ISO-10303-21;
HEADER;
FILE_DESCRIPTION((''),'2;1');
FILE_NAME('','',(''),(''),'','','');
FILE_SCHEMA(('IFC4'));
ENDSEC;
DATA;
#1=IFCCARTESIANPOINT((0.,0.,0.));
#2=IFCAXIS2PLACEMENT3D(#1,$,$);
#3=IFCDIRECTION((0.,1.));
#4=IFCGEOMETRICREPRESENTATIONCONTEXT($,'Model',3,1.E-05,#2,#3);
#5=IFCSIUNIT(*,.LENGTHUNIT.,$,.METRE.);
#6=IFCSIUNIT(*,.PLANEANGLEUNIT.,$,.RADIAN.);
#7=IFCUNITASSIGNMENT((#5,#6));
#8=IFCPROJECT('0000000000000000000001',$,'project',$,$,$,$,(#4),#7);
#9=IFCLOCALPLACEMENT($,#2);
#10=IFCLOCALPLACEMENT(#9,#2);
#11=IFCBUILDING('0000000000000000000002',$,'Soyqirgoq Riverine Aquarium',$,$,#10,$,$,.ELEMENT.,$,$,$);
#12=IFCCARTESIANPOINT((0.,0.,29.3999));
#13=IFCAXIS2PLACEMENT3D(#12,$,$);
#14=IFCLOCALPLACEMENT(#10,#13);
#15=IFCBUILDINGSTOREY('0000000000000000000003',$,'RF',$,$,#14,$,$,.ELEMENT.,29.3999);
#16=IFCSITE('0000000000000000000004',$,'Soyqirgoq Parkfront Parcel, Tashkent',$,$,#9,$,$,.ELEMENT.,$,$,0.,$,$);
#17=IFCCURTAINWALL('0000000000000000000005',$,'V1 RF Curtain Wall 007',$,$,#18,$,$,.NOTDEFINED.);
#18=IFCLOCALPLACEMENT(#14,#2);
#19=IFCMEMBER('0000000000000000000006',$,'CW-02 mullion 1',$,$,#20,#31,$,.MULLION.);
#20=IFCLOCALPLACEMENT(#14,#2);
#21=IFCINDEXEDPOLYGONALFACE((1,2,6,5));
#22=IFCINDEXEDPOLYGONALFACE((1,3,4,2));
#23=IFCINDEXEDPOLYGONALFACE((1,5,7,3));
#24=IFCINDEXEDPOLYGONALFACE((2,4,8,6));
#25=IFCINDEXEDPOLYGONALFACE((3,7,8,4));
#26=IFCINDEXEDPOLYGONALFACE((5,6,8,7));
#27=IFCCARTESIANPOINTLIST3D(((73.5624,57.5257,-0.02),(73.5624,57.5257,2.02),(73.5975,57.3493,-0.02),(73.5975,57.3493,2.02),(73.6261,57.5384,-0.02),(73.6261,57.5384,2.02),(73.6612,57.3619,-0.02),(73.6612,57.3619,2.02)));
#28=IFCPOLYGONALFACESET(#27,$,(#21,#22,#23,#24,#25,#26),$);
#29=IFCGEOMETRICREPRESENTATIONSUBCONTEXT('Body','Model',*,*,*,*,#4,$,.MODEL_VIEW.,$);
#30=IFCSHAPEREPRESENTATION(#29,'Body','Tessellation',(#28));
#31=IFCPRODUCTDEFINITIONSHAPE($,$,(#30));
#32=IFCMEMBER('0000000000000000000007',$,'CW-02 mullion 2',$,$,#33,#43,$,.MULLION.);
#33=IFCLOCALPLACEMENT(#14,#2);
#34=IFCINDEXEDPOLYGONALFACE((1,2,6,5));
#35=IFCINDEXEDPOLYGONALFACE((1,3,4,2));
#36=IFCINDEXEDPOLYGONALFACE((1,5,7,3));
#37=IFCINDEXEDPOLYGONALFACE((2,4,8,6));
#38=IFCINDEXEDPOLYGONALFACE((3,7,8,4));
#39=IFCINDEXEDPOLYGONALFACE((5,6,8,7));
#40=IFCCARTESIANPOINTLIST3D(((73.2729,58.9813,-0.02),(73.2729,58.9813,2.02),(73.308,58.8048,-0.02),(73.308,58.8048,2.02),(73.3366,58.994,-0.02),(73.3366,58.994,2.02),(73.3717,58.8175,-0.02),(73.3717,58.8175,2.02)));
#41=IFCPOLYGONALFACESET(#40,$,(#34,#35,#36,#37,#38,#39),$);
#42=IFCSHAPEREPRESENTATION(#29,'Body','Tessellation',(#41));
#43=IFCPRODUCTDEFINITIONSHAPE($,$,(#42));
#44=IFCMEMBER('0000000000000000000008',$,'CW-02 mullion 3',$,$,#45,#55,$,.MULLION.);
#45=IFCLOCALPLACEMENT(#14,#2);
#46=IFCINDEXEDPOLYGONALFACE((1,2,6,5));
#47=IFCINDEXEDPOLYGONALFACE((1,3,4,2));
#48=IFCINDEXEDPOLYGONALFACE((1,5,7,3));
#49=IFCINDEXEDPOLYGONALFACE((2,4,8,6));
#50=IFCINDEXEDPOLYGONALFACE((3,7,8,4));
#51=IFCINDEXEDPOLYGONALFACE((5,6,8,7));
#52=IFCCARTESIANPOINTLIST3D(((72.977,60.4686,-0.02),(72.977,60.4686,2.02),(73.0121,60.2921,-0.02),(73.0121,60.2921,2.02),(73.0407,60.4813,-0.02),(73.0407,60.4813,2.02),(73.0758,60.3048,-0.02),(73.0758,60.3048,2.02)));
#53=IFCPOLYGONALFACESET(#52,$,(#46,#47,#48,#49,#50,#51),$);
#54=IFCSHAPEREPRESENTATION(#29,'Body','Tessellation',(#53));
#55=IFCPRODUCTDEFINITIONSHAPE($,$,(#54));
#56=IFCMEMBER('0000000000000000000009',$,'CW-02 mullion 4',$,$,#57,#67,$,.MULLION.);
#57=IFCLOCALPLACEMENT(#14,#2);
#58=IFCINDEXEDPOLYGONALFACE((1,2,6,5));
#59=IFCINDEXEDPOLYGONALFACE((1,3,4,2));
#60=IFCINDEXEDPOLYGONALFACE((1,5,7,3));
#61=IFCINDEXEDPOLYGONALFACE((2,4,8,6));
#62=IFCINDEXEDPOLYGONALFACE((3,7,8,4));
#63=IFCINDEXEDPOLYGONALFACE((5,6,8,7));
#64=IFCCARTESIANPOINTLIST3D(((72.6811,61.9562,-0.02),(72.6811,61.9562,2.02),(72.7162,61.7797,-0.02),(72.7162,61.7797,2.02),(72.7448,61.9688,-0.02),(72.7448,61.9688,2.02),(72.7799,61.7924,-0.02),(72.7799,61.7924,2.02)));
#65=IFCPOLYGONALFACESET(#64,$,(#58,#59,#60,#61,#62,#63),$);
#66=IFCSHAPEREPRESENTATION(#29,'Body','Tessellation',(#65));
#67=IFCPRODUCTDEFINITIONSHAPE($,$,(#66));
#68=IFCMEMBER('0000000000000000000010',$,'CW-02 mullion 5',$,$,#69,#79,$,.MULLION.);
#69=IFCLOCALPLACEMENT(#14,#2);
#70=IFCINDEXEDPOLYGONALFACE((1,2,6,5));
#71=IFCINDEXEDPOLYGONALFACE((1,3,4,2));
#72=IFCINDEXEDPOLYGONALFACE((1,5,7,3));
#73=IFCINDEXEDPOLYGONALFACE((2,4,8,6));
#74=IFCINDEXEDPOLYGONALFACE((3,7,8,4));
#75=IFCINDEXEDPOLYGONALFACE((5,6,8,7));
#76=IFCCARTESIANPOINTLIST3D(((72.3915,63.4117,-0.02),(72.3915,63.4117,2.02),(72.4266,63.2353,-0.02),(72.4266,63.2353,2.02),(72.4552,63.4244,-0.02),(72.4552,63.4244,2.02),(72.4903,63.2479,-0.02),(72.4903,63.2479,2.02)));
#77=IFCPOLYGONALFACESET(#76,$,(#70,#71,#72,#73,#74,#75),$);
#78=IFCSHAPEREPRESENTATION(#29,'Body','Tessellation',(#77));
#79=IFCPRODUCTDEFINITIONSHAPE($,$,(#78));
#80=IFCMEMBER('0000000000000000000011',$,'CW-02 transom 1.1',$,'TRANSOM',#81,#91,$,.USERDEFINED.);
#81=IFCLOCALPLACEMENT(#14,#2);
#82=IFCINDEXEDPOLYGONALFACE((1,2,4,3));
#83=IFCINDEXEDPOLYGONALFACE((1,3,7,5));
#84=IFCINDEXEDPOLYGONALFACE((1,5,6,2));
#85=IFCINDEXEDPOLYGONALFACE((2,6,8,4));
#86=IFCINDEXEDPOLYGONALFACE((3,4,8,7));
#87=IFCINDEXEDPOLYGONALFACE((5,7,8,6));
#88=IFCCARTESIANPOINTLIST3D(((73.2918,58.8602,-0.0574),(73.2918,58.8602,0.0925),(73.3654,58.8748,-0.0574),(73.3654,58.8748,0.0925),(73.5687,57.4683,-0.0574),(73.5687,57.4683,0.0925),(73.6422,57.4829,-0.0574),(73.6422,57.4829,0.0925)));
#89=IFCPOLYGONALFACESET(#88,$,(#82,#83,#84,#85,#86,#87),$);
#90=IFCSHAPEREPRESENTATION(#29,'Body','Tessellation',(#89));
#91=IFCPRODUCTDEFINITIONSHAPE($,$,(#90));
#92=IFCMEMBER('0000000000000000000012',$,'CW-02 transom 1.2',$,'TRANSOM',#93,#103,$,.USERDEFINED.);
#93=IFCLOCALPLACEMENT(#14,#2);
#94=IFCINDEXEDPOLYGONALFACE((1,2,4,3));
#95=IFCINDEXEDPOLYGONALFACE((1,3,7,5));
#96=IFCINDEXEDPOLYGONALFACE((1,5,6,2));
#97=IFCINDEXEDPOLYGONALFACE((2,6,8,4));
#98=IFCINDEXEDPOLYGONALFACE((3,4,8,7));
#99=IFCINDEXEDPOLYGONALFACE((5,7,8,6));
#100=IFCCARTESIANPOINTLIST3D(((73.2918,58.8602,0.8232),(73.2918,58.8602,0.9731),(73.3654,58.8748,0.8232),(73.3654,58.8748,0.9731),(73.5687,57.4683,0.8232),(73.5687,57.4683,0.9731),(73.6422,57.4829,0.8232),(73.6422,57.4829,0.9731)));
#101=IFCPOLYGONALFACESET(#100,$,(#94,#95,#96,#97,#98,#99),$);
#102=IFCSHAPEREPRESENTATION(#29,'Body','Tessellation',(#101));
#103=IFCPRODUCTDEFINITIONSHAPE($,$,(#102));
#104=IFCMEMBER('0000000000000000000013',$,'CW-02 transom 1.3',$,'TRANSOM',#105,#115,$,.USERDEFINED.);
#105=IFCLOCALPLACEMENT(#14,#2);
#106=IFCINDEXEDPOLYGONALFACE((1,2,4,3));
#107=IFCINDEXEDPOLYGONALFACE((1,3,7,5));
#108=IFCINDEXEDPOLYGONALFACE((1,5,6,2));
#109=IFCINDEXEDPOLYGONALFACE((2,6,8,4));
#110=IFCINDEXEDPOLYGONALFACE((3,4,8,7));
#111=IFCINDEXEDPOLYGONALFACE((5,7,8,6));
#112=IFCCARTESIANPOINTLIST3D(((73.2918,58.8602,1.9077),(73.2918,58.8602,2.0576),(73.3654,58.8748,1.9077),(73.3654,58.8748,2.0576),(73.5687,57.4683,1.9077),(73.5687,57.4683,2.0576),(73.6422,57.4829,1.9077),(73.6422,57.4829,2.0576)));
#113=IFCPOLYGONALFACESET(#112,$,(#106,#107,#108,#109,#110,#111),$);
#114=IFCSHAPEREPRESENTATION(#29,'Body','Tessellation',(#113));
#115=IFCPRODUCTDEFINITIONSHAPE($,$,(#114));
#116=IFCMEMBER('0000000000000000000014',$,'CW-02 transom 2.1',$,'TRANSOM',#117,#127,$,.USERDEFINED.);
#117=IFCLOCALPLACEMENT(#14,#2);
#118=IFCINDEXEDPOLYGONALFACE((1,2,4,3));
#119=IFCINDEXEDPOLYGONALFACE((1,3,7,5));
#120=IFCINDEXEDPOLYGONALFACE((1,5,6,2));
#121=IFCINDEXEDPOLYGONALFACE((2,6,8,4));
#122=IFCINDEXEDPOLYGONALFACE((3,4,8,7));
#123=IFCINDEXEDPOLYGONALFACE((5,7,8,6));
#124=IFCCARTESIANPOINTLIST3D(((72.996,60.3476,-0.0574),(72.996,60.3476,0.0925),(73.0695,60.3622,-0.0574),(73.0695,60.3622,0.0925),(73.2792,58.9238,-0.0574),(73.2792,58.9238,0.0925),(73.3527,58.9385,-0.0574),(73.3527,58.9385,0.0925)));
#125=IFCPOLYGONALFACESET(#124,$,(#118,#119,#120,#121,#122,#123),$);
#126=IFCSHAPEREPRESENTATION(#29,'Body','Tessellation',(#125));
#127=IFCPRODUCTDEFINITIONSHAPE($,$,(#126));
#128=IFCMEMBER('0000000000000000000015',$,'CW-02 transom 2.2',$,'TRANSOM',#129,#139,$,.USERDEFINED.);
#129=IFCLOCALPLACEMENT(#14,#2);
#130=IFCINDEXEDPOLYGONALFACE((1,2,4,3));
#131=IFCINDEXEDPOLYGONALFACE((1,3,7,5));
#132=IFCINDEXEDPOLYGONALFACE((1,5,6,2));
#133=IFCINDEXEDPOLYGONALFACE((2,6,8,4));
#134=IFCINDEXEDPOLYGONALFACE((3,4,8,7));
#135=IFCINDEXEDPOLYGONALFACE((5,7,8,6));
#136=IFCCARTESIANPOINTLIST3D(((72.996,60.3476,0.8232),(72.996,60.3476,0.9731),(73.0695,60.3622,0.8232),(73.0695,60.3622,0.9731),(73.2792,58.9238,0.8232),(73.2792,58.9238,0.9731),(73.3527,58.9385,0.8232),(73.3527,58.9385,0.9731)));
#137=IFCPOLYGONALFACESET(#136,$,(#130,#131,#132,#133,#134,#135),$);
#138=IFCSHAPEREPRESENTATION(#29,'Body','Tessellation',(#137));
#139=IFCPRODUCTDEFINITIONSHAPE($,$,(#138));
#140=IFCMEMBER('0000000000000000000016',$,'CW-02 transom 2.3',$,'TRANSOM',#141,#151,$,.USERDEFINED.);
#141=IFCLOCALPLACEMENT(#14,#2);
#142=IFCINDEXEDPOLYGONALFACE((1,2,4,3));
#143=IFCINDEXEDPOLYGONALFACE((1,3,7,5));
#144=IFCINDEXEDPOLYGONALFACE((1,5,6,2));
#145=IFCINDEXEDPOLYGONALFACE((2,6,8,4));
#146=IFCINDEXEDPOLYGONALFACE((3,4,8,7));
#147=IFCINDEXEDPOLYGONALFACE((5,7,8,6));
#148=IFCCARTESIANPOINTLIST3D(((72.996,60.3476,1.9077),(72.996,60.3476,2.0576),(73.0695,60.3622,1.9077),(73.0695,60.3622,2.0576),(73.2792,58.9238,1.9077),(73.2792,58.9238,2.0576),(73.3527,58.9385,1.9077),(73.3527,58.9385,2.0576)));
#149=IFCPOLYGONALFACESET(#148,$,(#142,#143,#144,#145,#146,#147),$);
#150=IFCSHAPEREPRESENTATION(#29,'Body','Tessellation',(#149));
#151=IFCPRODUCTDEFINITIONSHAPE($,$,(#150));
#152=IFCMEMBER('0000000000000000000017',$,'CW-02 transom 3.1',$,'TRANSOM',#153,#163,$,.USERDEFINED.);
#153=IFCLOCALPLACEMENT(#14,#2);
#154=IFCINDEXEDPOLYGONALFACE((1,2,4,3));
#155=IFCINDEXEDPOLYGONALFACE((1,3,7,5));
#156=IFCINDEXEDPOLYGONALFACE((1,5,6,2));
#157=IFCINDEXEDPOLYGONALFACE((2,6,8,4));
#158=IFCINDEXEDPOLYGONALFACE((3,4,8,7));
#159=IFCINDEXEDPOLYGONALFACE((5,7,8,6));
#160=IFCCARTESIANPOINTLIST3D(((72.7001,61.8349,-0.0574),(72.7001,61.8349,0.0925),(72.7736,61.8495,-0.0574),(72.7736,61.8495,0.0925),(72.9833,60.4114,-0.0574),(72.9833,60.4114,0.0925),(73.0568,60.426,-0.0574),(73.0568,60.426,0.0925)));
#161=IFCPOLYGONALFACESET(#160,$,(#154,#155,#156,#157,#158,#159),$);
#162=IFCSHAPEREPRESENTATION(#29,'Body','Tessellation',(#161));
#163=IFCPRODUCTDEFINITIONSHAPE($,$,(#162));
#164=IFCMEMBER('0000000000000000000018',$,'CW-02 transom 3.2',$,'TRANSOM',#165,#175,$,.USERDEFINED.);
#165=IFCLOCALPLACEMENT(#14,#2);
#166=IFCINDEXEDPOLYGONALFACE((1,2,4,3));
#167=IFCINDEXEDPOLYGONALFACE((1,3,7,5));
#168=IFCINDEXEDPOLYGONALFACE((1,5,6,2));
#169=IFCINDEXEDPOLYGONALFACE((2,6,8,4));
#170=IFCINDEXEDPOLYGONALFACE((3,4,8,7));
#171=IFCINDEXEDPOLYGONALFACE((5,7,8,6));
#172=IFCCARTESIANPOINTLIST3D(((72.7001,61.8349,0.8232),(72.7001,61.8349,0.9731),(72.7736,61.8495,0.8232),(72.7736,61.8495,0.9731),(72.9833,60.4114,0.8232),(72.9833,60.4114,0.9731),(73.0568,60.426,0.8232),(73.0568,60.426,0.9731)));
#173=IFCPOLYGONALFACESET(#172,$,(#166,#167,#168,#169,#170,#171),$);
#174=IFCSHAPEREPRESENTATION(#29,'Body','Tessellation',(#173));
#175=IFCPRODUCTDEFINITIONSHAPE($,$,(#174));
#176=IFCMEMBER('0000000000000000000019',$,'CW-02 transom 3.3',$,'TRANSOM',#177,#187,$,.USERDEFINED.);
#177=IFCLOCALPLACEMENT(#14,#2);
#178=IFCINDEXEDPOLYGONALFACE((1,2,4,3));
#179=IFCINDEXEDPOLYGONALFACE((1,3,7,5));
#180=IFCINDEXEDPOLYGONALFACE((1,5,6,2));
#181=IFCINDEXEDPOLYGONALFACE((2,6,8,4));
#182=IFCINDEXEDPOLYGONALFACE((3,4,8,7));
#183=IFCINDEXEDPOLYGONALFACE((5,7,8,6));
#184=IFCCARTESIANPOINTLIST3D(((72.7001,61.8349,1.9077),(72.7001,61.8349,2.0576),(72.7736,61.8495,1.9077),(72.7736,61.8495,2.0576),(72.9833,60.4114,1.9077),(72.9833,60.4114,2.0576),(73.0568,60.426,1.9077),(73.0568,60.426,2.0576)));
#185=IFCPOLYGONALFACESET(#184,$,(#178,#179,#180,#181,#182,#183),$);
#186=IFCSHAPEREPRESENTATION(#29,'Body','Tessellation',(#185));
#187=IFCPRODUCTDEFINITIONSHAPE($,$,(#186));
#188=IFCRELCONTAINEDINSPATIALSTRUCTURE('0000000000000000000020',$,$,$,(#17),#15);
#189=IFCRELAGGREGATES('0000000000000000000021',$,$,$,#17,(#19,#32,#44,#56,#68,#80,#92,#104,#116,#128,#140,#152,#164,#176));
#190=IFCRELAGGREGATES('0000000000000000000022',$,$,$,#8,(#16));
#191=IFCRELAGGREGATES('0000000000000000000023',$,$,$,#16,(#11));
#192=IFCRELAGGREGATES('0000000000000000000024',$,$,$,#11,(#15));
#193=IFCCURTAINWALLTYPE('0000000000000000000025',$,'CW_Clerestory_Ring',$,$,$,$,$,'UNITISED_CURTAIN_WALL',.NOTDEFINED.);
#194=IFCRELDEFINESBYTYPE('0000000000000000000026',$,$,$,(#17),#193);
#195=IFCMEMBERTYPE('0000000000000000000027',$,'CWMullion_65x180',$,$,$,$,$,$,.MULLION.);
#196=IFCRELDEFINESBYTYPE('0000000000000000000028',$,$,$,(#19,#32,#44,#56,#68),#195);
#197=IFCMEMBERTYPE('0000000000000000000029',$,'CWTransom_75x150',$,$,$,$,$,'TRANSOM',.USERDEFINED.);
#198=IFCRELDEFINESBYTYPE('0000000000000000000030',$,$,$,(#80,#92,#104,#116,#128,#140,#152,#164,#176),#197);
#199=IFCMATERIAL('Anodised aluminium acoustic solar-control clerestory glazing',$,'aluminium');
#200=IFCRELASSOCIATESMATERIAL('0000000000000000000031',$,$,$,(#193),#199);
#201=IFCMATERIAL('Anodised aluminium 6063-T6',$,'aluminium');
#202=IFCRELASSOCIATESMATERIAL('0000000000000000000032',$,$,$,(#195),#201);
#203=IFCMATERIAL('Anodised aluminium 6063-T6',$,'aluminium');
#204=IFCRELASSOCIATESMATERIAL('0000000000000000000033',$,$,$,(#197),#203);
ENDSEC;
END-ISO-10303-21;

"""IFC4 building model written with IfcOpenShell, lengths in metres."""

from ifc_helpers import new_model, si_unit, direction, frame, origin, origin_2d, place, context, subcontext, project, spatial, rectangle, extrude, material, material_profile, profile_set, type_object, element, aggregate, save


model = new_model("IFC4")

# Units and contexts
model_context = context("Model", 3, precision=1e-05, world=origin(), true_north=direction((0.0, 1.0)))
body_context = subcontext(model_context, "Body", "Model", "MODEL_VIEW")
ifc_project = project(units=[si_unit("LENGTHUNIT", "METRE"), si_unit("PLANEANGLEUNIT", "RADIAN")], contexts=[model_context])

# Site, building, storey
site_placement = place(None, origin())
site = spatial("IfcSite", under=ifc_project, at=site_placement, Name="Soyqirgoq Parkfront Parcel, Tashkent", CompositionType="ELEMENT", RefElevation=0.0)
building_placement = place(site_placement, origin())
building = spatial("IfcBuilding", under=site, at=building_placement, Name="Soyqirgoq Riverine Aquarium", CompositionType="ELEMENT")
storey_placement = place(building_placement, frame((0.0, 0.0, 29.3999)))
storey = spatial("IfcBuildingStorey", under=building, at=storey_placement, Name="RF", CompositionType="ELEMENT", Elevation=29.3999)

# Curtain wall, members
ifc_material_1 = material(Name="Anodised aluminium acoustic solar-control clerestory glazing", Category="aluminium")
curtain_wall_type = type_object("IfcCurtainWallType", Name="CW_Clerestory_Ring", ElementType="UNITISED_CURTAIN_WALL", PredefinedType="NOTDEFINED", material=ifc_material_1)
curtain_wall_placement = place(storey_placement, origin())
curtain_wall = element("IfcCurtainWall", 1, at=curtain_wall_placement, inside=storey, type_object=curtain_wall_type, Name="V1 RF Curtain Wall 007", PredefinedType="NOTDEFINED")
ifc_material_2 = material(Name="Anodised aluminium 6063-T6", Category="aluminium")
ifc_material_profile_1 = material_profile(ifc_material_2, rectangle(XDim=0.0649, YDim=0.1799, at=origin_2d()), Name="ALU-M 65x180")
ifc_profile_set_1 = profile_set([ifc_material_profile_1], Name="Anodised aluminium 6063-T6")
member_type_1 = type_object("IfcMemberType", Name="CWMullion_65x180", PredefinedType="MULLION", material=ifc_profile_set_1)
member_1_placement = place(storey_placement, frame((73.6118, 57.4438, -0.02), z_axis=(0.0, 0.0, 1.0), x_axis=(-0.980784, -0.195095, 0.0)))
member_1 = element("IfcMember", 2, at=member_1_placement, type_object=member_type_1, Name="CW-02 mullion 1", PredefinedType="MULLION", context=body_context, shape_type="SweptSolid", body=[
    extrude(rectangle(XDim=0.0649, YDim=0.1799, at=origin_2d()), origin(), (0.0, 0.0, 1.0), 2.04),
])
member_2_placement = place(storey_placement, frame((73.3223, 58.8994, -0.02), z_axis=(0.0, 0.0, 1.0), x_axis=(-0.980784, -0.195095, 0.0)))
member_2 = element("IfcMember", 3, at=member_2_placement, type_object=member_type_1, Name="CW-02 mullion 2", PredefinedType="MULLION", context=body_context, shape_type="SweptSolid", body=[
    extrude(rectangle(XDim=0.0649, YDim=0.1799, at=origin_2d()), origin(), (0.0, 0.0, 1.0), 2.04),
])
member_3_placement = place(storey_placement, frame((73.0264, 60.3867, -0.02), z_axis=(0.0, 0.0, 1.0), x_axis=(-0.980784, -0.195095, 0.0)))
member_3 = element("IfcMember", 4, at=member_3_placement, type_object=member_type_1, Name="CW-02 mullion 3", PredefinedType="MULLION", context=body_context, shape_type="SweptSolid", body=[
    extrude(rectangle(XDim=0.0649, YDim=0.1799, at=origin_2d()), origin(), (0.0, 0.0, 1.0), 2.04),
])
member_4_placement = place(storey_placement, frame((72.7305, 61.8743, -0.02), z_axis=(0.0, 0.0, 1.0), x_axis=(-0.980784, -0.195095, 0.0)))
member_4 = element("IfcMember", 5, at=member_4_placement, type_object=member_type_1, Name="CW-02 mullion 4", PredefinedType="MULLION", context=body_context, shape_type="SweptSolid", body=[
    extrude(rectangle(XDim=0.0649, YDim=0.1799, at=origin_2d()), origin(), (0.0, 0.0, 1.0), 2.04),
])
member_5_placement = place(storey_placement, frame((72.4409, 63.3298, -0.02), z_axis=(0.0, 0.0, 1.0), x_axis=(-0.980784, -0.195095, 0.0)))
member_5 = element("IfcMember", 6, at=member_5_placement, type_object=member_type_1, Name="CW-02 mullion 5", PredefinedType="MULLION", context=body_context, shape_type="SweptSolid", body=[
    extrude(rectangle(XDim=0.0649, YDim=0.1799, at=origin_2d()), origin(), (0.0, 0.0, 1.0), 2.04),
])
ifc_material_3 = material(Name="Anodised aluminium 6063-T6", Category="aluminium")
ifc_material_profile_2 = material_profile(ifc_material_3, rectangle(XDim=0.075, YDim=0.1499, at=origin_2d()), Name="ALU-T 75x150")
ifc_profile_set_2 = profile_set([ifc_material_profile_2], Name="Anodised aluminium 6063-T6")
member_type_2 = type_object("IfcMemberType", Name="CWTransom_75x150", ElementType="TRANSOM", PredefinedType="USERDEFINED", material=ifc_profile_set_2)
member_6_placement = place(storey_placement, frame((73.6055, 57.4756, 0.0176), z_axis=(-0.19509, 0.980785, 0.0), x_axis=(-0.980785, -0.19509, 0.0)))
member_6 = element("IfcMember", 7, at=member_6_placement, type_object=member_type_2, Name="CW-02 transom 1.1", ObjectType="TRANSOM", PredefinedType="USERDEFINED", context=body_context, shape_type="SweptSolid", body=[
    extrude(rectangle(XDim=0.075, YDim=0.1499, at=origin_2d()), origin(), (0.0, 0.0, 1.0), 1.4192),
])
member_7_placement = place(storey_placement, frame((73.6055, 57.4756, 0.8982), z_axis=(-0.19509, 0.980785, 0.0), x_axis=(-0.980785, -0.19509, 0.0)))
member_7 = element("IfcMember", 8, at=member_7_placement, type_object=member_type_2, Name="CW-02 transom 1.2", ObjectType="TRANSOM", PredefinedType="USERDEFINED", context=body_context, shape_type="SweptSolid", body=[
    extrude(rectangle(XDim=0.075, YDim=0.1499, at=origin_2d()), origin(), (0.0, 0.0, 1.0), 1.4192),
])
member_8_placement = place(storey_placement, frame((73.6055, 57.4756, 1.9827), z_axis=(-0.19509, 0.980785, 0.0), x_axis=(-0.980785, -0.19509, 0.0)))
member_8 = element("IfcMember", 9, at=member_8_placement, type_object=member_type_2, Name="CW-02 transom 1.3", ObjectType="TRANSOM", PredefinedType="USERDEFINED", context=body_context, shape_type="SweptSolid", body=[
    extrude(rectangle(XDim=0.075, YDim=0.1499, at=origin_2d()), origin(), (0.0, 0.0, 1.0), 1.4192),
])
member_9_placement = place(storey_placement, frame((73.3159, 58.9312, 0.0176), z_axis=(-0.195081, 0.980787, 0.0), x_axis=(-0.980787, -0.195081, 0.0)))
member_9 = element("IfcMember", 10, at=member_9_placement, type_object=member_type_2, Name="CW-02 transom 2.1", ObjectType="TRANSOM", PredefinedType="USERDEFINED", context=body_context, shape_type="SweptSolid", body=[
    extrude(rectangle(XDim=0.075, YDim=0.1499, at=origin_2d()), origin(), (0.0, 0.0, 1.0), 1.4517),
])
member_10_placement = place(storey_placement, frame((73.3159, 58.9312, 0.8982), z_axis=(-0.195081, 0.980787, 0.0), x_axis=(-0.980787, -0.195081, 0.0)))
member_10 = element("IfcMember", 11, at=member_10_placement, type_object=member_type_2, Name="CW-02 transom 2.2", ObjectType="TRANSOM", PredefinedType="USERDEFINED", context=body_context, shape_type="SweptSolid", body=[
    extrude(rectangle(XDim=0.075, YDim=0.1499, at=origin_2d()), origin(), (0.0, 0.0, 1.0), 1.4517),
])
member_11_placement = place(storey_placement, frame((73.3159, 58.9312, 1.9827), z_axis=(-0.195081, 0.980787, 0.0), x_axis=(-0.980787, -0.195081, 0.0)))
member_11 = element("IfcMember", 12, at=member_11_placement, type_object=member_type_2, Name="CW-02 transom 2.3", ObjectType="TRANSOM", PredefinedType="USERDEFINED", context=body_context, shape_type="SweptSolid", body=[
    extrude(rectangle(XDim=0.075, YDim=0.1499, at=origin_2d()), origin(), (0.0, 0.0, 1.0), 1.4517),
])
member_12_placement = place(storey_placement, frame((73.02, 60.4187, 0.0176), z_axis=(-0.195113, 0.980781, 0.0), x_axis=(-0.980781, -0.195113, 0.0)))
member_12 = element("IfcMember", 13, at=member_12_placement, type_object=member_type_2, Name="CW-02 transom 3.1", ObjectType="TRANSOM", PredefinedType="USERDEFINED", context=body_context, shape_type="SweptSolid", body=[
    extrude(rectangle(XDim=0.075, YDim=0.1499, at=origin_2d()), origin(), (0.0, 0.0, 1.0), 1.4514),
])
member_13_placement = place(storey_placement, frame((73.02, 60.4187, 0.8982), z_axis=(-0.195113, 0.980781, 0.0), x_axis=(-0.980781, -0.195113, 0.0)))
member_13 = element("IfcMember", 14, at=member_13_placement, type_object=member_type_2, Name="CW-02 transom 3.2", ObjectType="TRANSOM", PredefinedType="USERDEFINED", context=body_context, shape_type="SweptSolid", body=[
    extrude(rectangle(XDim=0.075, YDim=0.1499, at=origin_2d()), origin(), (0.0, 0.0, 1.0), 1.4514),
])
member_14_placement = place(storey_placement, frame((73.02, 60.4187, 1.9827), z_axis=(-0.195113, 0.980781, 0.0), x_axis=(-0.980781, -0.195113, 0.0)))
member_14 = element("IfcMember", 15, at=member_14_placement, type_object=member_type_2, Name="CW-02 transom 3.3", ObjectType="TRANSOM", PredefinedType="USERDEFINED", context=body_context, shape_type="SweptSolid", body=[
    extrude(rectangle(XDim=0.075, YDim=0.1499, at=origin_2d()), origin(), (0.0, 0.0, 1.0), 1.4514),
])

aggregate(curtain_wall, [member_1, member_2, member_3, member_4, member_5, member_6, member_7, member_8, member_9, member_10, member_11, member_12, member_13, member_14])

save(model, "model.ifc")
